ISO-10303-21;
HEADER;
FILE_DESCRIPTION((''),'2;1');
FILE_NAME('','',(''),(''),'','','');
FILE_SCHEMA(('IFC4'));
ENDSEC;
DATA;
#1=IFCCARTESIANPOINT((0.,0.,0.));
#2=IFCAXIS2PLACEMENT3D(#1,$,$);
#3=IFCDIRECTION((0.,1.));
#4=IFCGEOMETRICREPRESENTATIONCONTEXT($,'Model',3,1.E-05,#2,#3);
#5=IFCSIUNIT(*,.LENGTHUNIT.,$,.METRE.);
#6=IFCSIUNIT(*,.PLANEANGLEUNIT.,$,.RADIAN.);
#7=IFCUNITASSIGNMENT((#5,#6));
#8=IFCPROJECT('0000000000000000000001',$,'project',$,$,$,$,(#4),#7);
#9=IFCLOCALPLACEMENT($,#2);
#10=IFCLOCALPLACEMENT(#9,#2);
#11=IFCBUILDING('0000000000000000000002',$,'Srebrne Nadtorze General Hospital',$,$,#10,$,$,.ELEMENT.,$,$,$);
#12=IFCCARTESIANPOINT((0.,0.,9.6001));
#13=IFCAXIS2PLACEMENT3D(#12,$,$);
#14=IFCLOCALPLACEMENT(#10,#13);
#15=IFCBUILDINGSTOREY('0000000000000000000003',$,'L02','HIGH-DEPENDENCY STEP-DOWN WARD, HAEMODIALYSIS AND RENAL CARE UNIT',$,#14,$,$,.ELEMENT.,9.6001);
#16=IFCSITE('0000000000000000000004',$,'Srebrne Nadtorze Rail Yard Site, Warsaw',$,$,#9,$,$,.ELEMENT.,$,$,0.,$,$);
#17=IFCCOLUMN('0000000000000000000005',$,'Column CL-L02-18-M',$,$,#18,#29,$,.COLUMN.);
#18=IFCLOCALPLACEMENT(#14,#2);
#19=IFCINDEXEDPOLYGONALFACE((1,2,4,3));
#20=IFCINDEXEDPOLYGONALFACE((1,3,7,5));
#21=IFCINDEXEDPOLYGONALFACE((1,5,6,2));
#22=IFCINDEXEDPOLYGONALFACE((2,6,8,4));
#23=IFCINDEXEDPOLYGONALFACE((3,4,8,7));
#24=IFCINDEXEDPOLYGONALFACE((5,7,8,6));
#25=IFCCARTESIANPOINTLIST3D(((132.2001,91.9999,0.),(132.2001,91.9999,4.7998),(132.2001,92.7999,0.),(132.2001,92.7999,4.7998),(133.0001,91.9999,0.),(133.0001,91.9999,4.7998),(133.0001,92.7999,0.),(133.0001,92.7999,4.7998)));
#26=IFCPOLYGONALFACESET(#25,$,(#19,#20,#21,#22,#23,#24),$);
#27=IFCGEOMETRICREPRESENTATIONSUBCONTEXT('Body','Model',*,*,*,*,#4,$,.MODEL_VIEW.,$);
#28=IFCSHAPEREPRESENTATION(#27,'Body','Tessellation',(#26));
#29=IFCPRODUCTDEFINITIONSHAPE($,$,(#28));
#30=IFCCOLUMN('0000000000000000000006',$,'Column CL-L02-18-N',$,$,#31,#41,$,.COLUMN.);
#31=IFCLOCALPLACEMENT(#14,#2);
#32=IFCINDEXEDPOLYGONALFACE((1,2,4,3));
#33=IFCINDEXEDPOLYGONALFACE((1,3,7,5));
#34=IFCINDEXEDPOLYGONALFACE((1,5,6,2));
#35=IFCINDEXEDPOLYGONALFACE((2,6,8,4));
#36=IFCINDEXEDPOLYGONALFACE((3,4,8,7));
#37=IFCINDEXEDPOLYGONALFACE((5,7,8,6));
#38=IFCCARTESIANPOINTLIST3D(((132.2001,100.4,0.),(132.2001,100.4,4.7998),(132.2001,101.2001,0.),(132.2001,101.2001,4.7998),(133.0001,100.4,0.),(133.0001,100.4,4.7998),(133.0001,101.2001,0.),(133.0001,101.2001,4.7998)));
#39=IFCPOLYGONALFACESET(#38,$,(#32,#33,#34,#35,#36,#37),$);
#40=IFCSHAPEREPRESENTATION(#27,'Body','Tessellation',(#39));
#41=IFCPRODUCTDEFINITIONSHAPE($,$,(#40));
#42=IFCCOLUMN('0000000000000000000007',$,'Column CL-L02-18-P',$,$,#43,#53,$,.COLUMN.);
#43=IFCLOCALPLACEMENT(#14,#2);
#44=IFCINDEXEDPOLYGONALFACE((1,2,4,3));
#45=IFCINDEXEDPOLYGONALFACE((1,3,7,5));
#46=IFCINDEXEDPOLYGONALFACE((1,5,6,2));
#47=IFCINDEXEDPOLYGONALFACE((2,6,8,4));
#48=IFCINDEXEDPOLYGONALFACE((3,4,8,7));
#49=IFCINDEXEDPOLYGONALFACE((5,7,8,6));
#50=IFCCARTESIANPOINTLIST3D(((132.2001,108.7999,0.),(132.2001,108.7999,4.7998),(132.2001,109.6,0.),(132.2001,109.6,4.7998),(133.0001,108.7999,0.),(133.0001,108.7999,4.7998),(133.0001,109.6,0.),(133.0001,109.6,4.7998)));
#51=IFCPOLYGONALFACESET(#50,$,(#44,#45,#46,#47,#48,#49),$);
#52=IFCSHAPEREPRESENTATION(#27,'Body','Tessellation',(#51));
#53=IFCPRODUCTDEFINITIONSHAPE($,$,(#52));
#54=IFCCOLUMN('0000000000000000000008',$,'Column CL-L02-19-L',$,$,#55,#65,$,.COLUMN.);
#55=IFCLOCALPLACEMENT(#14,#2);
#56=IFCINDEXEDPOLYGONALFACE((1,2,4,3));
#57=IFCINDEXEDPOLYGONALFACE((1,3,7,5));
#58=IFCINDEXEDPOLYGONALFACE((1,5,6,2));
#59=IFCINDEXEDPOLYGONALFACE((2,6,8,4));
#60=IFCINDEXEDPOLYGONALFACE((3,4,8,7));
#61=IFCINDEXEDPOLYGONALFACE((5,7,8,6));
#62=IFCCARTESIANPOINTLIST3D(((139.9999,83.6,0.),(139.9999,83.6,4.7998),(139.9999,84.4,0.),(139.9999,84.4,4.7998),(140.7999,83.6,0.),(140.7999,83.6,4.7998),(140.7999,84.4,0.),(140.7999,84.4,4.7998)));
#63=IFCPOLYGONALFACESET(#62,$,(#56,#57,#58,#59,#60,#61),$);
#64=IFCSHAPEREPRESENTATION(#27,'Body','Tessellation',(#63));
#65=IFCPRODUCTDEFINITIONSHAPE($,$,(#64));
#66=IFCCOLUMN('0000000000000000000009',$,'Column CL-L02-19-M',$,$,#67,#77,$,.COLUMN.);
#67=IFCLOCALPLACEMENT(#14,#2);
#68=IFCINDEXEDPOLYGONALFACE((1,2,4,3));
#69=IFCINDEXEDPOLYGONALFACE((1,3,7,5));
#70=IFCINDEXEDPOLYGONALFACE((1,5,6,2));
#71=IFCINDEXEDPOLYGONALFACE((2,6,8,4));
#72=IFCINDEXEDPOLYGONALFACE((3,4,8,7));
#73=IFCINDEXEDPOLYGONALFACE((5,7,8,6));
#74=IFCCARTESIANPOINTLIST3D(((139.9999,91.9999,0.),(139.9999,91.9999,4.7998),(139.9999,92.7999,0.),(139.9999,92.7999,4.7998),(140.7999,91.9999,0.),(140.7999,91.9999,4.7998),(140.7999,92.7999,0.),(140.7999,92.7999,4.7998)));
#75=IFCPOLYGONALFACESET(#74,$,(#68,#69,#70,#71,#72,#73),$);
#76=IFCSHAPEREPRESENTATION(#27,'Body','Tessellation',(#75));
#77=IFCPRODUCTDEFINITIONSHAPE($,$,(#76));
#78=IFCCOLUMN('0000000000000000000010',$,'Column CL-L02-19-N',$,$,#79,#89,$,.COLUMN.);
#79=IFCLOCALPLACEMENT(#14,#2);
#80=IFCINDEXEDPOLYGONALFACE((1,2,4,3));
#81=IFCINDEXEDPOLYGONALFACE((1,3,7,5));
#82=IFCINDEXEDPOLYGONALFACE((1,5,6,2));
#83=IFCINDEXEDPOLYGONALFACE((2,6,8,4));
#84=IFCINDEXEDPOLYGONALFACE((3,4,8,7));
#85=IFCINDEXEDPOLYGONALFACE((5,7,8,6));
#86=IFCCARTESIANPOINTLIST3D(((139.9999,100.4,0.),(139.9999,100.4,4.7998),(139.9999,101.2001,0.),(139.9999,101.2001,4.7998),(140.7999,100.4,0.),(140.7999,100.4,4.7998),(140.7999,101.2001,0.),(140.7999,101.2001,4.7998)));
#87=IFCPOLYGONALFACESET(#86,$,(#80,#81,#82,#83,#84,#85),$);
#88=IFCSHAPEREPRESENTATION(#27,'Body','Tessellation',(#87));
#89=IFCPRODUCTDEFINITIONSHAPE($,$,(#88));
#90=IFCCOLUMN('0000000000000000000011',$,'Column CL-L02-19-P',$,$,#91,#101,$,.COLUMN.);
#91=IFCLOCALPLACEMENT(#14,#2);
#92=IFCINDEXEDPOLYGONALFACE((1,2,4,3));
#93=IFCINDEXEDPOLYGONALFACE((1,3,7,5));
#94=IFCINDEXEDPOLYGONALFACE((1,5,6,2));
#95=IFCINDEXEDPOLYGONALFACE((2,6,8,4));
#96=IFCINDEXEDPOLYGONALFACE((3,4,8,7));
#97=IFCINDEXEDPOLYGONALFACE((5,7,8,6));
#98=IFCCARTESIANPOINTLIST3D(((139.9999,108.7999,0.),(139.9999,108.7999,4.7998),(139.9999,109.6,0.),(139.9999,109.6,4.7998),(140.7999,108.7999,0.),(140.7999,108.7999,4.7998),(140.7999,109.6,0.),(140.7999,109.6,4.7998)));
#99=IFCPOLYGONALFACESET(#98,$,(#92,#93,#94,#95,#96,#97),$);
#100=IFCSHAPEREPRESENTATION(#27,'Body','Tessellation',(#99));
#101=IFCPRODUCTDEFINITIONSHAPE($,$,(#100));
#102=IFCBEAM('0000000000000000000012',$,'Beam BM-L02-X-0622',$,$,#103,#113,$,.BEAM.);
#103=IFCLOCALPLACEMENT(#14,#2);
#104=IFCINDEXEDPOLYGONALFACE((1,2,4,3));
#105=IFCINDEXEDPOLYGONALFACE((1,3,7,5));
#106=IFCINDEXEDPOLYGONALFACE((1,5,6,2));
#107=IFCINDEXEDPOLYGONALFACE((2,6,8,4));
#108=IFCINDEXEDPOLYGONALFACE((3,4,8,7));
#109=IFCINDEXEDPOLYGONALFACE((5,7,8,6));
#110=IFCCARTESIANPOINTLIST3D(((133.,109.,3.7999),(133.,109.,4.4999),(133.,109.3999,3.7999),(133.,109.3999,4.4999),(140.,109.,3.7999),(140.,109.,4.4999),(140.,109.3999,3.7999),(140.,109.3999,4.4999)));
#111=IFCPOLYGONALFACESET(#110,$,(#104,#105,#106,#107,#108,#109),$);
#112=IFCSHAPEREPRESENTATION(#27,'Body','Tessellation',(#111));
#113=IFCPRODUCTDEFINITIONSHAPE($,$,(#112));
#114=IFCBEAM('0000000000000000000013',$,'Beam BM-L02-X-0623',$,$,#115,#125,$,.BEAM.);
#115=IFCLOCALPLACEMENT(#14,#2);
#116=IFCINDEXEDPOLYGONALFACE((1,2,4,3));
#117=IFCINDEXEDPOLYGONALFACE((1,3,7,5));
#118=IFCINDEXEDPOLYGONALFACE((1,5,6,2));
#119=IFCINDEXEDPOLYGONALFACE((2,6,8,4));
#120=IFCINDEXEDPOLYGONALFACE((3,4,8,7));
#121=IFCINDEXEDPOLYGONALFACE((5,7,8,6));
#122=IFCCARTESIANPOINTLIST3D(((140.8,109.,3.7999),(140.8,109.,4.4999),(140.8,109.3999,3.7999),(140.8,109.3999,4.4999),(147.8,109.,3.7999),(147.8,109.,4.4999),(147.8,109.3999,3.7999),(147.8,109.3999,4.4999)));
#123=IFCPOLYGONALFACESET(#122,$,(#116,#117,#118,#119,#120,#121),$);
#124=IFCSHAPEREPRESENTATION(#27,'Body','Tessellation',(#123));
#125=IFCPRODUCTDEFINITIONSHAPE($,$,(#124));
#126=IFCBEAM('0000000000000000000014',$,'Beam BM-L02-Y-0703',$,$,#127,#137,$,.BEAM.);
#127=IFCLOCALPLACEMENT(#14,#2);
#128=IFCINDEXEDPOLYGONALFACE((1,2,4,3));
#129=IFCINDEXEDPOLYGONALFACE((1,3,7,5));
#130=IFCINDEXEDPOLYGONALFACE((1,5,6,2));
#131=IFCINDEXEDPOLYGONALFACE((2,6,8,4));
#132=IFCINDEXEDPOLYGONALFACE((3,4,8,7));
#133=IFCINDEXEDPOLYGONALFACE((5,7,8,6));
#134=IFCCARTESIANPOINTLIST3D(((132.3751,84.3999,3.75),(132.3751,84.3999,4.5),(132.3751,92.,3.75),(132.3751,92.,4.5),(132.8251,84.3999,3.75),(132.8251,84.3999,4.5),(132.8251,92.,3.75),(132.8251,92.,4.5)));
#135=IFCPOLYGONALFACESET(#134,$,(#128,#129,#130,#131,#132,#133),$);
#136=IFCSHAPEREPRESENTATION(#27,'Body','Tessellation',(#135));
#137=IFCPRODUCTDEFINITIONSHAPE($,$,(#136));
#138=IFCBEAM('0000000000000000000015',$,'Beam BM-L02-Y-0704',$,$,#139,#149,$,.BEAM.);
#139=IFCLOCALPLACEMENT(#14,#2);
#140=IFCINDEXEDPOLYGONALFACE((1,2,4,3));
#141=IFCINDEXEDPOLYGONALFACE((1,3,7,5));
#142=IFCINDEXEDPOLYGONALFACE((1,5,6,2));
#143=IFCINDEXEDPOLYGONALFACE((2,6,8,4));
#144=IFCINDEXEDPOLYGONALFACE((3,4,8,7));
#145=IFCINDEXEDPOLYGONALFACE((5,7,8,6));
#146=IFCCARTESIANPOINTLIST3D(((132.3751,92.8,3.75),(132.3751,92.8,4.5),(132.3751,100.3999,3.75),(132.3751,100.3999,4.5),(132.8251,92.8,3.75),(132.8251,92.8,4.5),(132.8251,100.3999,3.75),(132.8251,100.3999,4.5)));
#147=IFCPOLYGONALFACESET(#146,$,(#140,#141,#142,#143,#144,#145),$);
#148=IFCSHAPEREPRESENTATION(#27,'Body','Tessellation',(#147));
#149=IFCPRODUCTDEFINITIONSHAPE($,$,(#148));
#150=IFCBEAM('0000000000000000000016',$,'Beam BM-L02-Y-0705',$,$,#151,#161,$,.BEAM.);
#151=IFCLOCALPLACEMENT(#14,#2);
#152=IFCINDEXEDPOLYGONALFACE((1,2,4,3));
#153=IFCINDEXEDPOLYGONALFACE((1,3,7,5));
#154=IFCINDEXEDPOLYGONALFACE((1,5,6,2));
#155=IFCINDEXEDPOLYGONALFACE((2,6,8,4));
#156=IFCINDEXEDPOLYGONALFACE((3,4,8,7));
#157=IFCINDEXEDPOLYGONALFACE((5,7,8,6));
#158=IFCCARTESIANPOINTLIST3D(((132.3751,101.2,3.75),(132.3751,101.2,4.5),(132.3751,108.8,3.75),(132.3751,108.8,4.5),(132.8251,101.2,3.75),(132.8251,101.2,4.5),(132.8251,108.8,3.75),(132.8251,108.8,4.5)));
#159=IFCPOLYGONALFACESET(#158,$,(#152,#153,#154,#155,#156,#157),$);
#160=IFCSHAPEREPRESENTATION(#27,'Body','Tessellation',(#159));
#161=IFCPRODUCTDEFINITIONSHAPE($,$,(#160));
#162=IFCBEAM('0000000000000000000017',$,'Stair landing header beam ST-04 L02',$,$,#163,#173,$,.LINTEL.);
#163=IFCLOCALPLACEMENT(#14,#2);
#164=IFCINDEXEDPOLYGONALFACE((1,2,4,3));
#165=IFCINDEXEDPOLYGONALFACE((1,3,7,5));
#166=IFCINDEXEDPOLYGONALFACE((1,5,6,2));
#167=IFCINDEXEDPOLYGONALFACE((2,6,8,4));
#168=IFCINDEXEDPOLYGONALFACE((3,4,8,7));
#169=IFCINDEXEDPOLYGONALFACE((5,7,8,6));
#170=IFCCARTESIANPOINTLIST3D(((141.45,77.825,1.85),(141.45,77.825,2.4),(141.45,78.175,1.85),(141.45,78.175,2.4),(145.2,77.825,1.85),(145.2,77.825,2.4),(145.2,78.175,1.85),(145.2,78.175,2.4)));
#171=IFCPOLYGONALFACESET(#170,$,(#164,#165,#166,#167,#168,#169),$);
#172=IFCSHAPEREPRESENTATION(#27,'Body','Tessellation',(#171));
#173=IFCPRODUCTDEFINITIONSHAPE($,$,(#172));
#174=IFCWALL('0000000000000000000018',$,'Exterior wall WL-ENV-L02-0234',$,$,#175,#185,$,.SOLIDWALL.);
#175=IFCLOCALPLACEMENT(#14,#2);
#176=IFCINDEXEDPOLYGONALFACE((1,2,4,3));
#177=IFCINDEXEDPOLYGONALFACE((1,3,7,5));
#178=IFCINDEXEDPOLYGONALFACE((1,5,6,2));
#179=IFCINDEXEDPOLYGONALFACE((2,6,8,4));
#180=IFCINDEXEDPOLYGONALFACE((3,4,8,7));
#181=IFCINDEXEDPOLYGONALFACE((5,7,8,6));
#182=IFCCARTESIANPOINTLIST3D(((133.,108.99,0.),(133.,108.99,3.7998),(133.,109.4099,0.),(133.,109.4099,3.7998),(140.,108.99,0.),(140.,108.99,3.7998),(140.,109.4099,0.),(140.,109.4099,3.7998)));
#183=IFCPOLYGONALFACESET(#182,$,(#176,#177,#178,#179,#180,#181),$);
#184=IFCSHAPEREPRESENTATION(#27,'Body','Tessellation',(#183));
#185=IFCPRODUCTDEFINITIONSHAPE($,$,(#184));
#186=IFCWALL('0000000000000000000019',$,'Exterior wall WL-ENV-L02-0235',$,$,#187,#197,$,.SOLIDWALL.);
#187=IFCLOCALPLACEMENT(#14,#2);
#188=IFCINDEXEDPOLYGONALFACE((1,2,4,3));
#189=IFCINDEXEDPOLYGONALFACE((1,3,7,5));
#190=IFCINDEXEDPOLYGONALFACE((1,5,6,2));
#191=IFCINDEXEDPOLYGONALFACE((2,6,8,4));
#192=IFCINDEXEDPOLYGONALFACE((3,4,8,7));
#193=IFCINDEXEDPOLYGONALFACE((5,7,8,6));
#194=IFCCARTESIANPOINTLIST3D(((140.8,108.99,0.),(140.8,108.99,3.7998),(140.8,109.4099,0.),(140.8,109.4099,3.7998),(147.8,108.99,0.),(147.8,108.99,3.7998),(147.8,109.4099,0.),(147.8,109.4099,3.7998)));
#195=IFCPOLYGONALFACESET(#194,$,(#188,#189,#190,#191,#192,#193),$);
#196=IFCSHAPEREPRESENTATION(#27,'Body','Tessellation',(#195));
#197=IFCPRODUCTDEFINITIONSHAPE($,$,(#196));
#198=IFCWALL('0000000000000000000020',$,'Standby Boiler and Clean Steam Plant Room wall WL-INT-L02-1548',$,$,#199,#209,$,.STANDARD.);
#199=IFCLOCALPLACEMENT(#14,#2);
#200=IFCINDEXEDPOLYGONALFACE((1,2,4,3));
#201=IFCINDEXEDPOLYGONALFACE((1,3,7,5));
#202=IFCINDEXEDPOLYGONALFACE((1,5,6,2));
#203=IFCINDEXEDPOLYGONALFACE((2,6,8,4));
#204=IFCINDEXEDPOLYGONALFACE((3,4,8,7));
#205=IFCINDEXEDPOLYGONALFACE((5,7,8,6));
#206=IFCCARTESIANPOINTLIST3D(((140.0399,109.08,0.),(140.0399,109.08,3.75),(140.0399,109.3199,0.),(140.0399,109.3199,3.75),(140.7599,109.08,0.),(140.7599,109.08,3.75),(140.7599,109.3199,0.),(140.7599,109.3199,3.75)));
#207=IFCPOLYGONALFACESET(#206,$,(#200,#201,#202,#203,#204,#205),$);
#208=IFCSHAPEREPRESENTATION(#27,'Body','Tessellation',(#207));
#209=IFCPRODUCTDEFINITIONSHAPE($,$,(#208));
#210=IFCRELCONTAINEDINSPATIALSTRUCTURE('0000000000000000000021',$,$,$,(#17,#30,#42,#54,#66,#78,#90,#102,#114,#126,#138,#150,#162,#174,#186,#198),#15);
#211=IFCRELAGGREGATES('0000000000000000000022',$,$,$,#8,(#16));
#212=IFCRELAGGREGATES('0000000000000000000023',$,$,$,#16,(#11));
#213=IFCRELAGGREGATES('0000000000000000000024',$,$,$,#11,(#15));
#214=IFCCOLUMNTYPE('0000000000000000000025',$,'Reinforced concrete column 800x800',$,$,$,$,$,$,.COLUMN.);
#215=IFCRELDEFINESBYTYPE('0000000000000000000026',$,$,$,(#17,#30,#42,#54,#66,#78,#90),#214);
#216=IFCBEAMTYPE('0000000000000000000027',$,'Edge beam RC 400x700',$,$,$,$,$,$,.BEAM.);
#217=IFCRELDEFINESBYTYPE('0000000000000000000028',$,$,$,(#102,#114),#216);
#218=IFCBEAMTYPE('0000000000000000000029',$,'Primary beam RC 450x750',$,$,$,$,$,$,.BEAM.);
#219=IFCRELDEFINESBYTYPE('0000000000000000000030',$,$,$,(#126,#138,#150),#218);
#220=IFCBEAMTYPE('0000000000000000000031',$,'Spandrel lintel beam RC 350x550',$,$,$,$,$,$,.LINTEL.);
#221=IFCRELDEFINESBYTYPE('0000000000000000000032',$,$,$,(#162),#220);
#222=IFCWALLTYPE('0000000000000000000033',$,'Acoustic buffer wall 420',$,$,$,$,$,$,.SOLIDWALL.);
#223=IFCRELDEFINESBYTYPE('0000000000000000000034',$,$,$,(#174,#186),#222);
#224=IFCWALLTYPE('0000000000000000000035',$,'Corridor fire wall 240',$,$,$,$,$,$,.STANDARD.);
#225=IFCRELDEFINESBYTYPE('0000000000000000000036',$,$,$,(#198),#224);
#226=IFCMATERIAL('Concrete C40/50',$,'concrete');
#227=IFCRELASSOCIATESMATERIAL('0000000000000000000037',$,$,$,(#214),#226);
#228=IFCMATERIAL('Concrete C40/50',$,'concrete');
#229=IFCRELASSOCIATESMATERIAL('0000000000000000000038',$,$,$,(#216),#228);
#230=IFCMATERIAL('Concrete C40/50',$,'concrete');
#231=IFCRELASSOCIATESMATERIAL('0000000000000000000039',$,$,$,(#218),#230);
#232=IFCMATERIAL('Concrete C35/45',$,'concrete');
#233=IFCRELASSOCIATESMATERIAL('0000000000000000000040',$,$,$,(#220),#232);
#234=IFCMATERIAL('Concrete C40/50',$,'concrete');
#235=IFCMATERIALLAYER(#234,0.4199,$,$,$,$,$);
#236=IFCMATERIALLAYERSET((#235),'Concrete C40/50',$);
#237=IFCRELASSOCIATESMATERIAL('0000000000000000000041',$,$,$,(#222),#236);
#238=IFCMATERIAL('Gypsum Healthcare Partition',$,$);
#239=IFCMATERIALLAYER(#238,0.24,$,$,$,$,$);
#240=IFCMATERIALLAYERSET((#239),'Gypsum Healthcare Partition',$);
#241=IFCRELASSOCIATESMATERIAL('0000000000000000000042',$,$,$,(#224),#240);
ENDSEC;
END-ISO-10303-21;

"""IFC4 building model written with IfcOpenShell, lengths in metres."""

from ifc_helpers import new_model, si_unit, direction, frame, frame_2d, origin, origin_2d, place, context, subcontext, project, spatial, rectangle, extrude, material, layer, layer_set, material_profile, profile_set, type_object, element, save


model = new_model("IFC4")

# Units and contexts
model_context = context("Model", 3, precision=1e-05, world=origin(), true_north=direction((0.0, 1.0)))
body_context = subcontext(model_context, "Body", "Model", "MODEL_VIEW")
ifc_project = project(units=[si_unit("LENGTHUNIT", "METRE"), si_unit("PLANEANGLEUNIT", "RADIAN")], contexts=[model_context])

# Site, building, storey
site_placement = place(None, origin())
site = spatial("IfcSite", under=ifc_project, at=site_placement, Name="Srebrne Nadtorze Rail Yard Site, Warsaw", CompositionType="ELEMENT", RefElevation=0.0)
building_placement = place(site_placement, origin())
building = spatial("IfcBuilding", under=site, at=building_placement, Name="Srebrne Nadtorze General Hospital", CompositionType="ELEMENT")
storey_placement = place(building_placement, frame((0.0, 0.0, 9.6001)))
storey = spatial("IfcBuildingStorey", under=building, at=storey_placement, Name="L02", Description="HIGH-DEPENDENCY STEP-DOWN WARD, HAEMODIALYSIS AND RENAL CARE UNIT", CompositionType="ELEMENT", Elevation=9.6001)

# Columns
ifc_material_1 = material(Name="Concrete C40/50", Category="concrete")
ifc_material_profile_1 = material_profile(ifc_material_1, rectangle(XDim=0.8, YDim=0.8, at=origin_2d()), Name="RC-COL-800x800")
ifc_profile_set_1 = profile_set([ifc_material_profile_1], Name="Concrete C40/50")
column_type = type_object("IfcColumnType", Name="Reinforced concrete column 800x800", PredefinedType="COLUMN", material=ifc_profile_set_1)
for number, where, z_axis, x_axis, name in (
    (1, (132.6001, 92.3999, 0.0), (0.0, 0.0, 1.0), (1.0, 0.0, 0.0), "Column CL-L02-18-M"),
    (2, (132.6001, 100.8, 0.0), (0.0, 0.0, 1.0), (1.0, 0.0, 0.0), "Column CL-L02-18-N"),
    (3, (132.6001, 109.2, 0.0), (0.0, 0.0, 1.0), (1.0, 0.0, 0.0), "Column CL-L02-18-P"),
    (4, (140.3999, 84.0, 0.0), (0.0, 0.0, 1.0), (1.0, 0.0, 0.0), "Column CL-L02-19-L"),
    (5, (140.3999, 92.3999, 0.0), (0.0, 0.0, 1.0), (1.0, 0.0, 0.0), "Column CL-L02-19-M"),
    (6, (140.3999, 100.8, 0.0), (0.0, 0.0, 1.0), (1.0, 0.0, 0.0), "Column CL-L02-19-N"),
    (7, (140.3999, 109.2, 0.0), (0.0, 0.0, 1.0), (1.0, 0.0, 0.0), "Column CL-L02-19-P"),
):
    element("IfcColumn", number, at=place(storey_placement, frame(where, z_axis=z_axis, x_axis=x_axis)), inside=storey, type_object=column_type, Name=name, PredefinedType="COLUMN", context=body_context, shape_type="SweptSolid", body=[
        extrude(rectangle(XDim=0.8, YDim=0.8, at=origin_2d()), origin(), (0.0, 0.0, 1.0), 4.7998),
    ])

# Beams
ifc_material_2 = material(Name="Concrete C40/50", Category="concrete")
ifc_material_profile_2 = material_profile(ifc_material_2, rectangle(XDim=0.3999, YDim=0.7, at=origin_2d()), Name="RC-BM-400x700")
ifc_profile_set_2 = profile_set([ifc_material_profile_2], Name="Concrete C40/50")
beam_type_1 = type_object("IfcBeamType", Name="Edge beam RC 400x700", PredefinedType="BEAM", material=ifc_profile_set_2)
for number, where, z_axis, x_axis, name in (
    (8, (133.0, 109.2, 4.1499), (1.0, 0.0, 0.0), (0.0, 1.0, 0.0), "Beam BM-L02-X-0622"),
    (9, (140.8, 109.2, 4.1499), (1.0, 0.0, 0.0), (0.0, 1.0, 0.0), "Beam BM-L02-X-0623"),
):
    element("IfcBeam", number, at=place(storey_placement, frame(where, z_axis=z_axis, x_axis=x_axis)), inside=storey, type_object=beam_type_1, Name=name, PredefinedType="BEAM", context=body_context, shape_type="SweptSolid", body=[
        extrude(rectangle(XDim=0.3999, YDim=0.7, at=origin_2d()), origin(), (0.0, 0.0, 1.0), 7.0),
    ])
ifc_material_3 = material(Name="Concrete C40/50", Category="concrete")
ifc_material_profile_3 = material_profile(ifc_material_3, rectangle(XDim=0.45, YDim=0.75, at=origin_2d()), Name="RC-BM-450x750")
ifc_profile_set_3 = profile_set([ifc_material_profile_3], Name="Concrete C40/50")
beam_type_2 = type_object("IfcBeamType", Name="Primary beam RC 450x750", PredefinedType="BEAM", material=ifc_profile_set_3)
beam_1_placement = place(storey_placement, frame((132.6001, 84.3999, 4.125), z_axis=(0.0, 1.0, 0.0), x_axis=(-1.0, 0.0, 0.0)))
element("IfcBeam", 10, at=beam_1_placement, inside=storey, type_object=beam_type_2, Name="Beam BM-L02-Y-0703", PredefinedType="BEAM", context=body_context, shape_type="SweptSolid", body=[
    extrude(rectangle(XDim=0.45, YDim=0.75, at=origin_2d()), origin(), (0.0, 0.0, 1.0), 7.6001),
])
beam_2_placement = place(storey_placement, frame((132.6001, 92.8, 4.125), z_axis=(0.0, 1.0, 0.0), x_axis=(-1.0, 0.0, 0.0)))
element("IfcBeam", 11, at=beam_2_placement, inside=storey, type_object=beam_type_2, Name="Beam BM-L02-Y-0704", PredefinedType="BEAM", context=body_context, shape_type="SweptSolid", body=[
    extrude(rectangle(XDim=0.45, YDim=0.75, at=origin_2d()), origin(), (0.0, 0.0, 1.0), 7.5999),
])
beam_3_placement = place(storey_placement, frame((132.6001, 101.2, 4.125), z_axis=(0.0, 1.0, 0.0), x_axis=(-1.0, 0.0, 0.0)))
element("IfcBeam", 12, at=beam_3_placement, inside=storey, type_object=beam_type_2, Name="Beam BM-L02-Y-0705", PredefinedType="BEAM", context=body_context, shape_type="SweptSolid", body=[
    extrude(rectangle(XDim=0.45, YDim=0.75, at=origin_2d()), origin(), (0.0, 0.0, 1.0), 7.6001),
])
ifc_material_4 = material(Name="Concrete C35/45", Category="concrete")
ifc_material_profile_4 = material_profile(ifc_material_4, rectangle(XDim=0.3501, YDim=0.55, at=origin_2d()), Name="RC-BM-350x550")
ifc_profile_set_4 = profile_set([ifc_material_profile_4], Name="Concrete C35/45")
beam_type_3 = type_object("IfcBeamType", Name="Spandrel lintel beam RC 350x550", PredefinedType="LINTEL", material=ifc_profile_set_4)
beam_4_placement = place(storey_placement, frame((141.45, 78.0, 2.125), z_axis=(1.0, 0.0, 0.0), x_axis=(0.0, 1.0, 0.0)))
element("IfcBeam", 13, at=beam_4_placement, inside=storey, type_object=beam_type_3, Name="Stair landing header beam ST-04 L02", PredefinedType="LINTEL", context=body_context, shape_type="SweptSolid", body=[
    extrude(rectangle(XDim=0.3501, YDim=0.55, at=origin_2d()), origin(), (0.0, 0.0, 1.0), 3.75),
])

# Walls
ifc_material_5 = material(Name="Concrete C40/50", Category="concrete")
ifc_layer_1 = layer(ifc_material_5, 0.4199)
ifc_layer_set_1 = layer_set([ifc_layer_1], Name="Concrete C40/50")
wall_type_1 = type_object("IfcWallType", Name="Acoustic buffer wall 420", PredefinedType="SOLIDWALL", material=ifc_layer_set_1)
for number, where, z_axis, x_axis, name in (
    (14, (133.0, 109.2, 0.0), (0.0, 0.0, 1.0), (1.0, 0.0, 0.0), "Exterior wall WL-ENV-L02-0234"),
    (15, (140.8, 109.2, 0.0), (0.0, 0.0, 1.0), (1.0, 0.0, 0.0), "Exterior wall WL-ENV-L02-0235"),
):
    element("IfcWall", number, at=place(storey_placement, frame(where, z_axis=z_axis, x_axis=x_axis)), inside=storey, type_object=wall_type_1, Name=name, PredefinedType="SOLIDWALL", context=body_context, shape_type="SweptSolid", body=[
        extrude(rectangle(XDim=7.0, YDim=0.4199, at=frame_2d((3.5, 0.0))), origin(), (0.0, 0.0, 1.0), 3.7998),
    ])
ifc_material_6 = material(Name="Gypsum Healthcare Partition")
ifc_layer_2 = layer(ifc_material_6, 0.24)
ifc_layer_set_2 = layer_set([ifc_layer_2], Name="Gypsum Healthcare Partition")
wall_type_2 = type_object("IfcWallType", Name="Corridor fire wall 240", PredefinedType="STANDARD", material=ifc_layer_set_2)
wall_1_placement = place(storey_placement, frame((140.04, 109.2, 0.0), z_axis=(0.0, 0.0, 1.0), x_axis=(1.0, 0.0, 0.0)))
element("IfcWall", 16, at=wall_1_placement, inside=storey, type_object=wall_type_2, Name="Standby Boiler and Clean Steam Plant Room wall WL-INT-L02-1548", PredefinedType="STANDARD", context=body_context, shape_type="SweptSolid", body=[
    extrude(rectangle(XDim=0.72, YDim=0.24, at=frame_2d((0.3599, 0.0))), origin(), (0.0, 0.0, 1.0), 3.75),
])

save(model, "model.ifc")
